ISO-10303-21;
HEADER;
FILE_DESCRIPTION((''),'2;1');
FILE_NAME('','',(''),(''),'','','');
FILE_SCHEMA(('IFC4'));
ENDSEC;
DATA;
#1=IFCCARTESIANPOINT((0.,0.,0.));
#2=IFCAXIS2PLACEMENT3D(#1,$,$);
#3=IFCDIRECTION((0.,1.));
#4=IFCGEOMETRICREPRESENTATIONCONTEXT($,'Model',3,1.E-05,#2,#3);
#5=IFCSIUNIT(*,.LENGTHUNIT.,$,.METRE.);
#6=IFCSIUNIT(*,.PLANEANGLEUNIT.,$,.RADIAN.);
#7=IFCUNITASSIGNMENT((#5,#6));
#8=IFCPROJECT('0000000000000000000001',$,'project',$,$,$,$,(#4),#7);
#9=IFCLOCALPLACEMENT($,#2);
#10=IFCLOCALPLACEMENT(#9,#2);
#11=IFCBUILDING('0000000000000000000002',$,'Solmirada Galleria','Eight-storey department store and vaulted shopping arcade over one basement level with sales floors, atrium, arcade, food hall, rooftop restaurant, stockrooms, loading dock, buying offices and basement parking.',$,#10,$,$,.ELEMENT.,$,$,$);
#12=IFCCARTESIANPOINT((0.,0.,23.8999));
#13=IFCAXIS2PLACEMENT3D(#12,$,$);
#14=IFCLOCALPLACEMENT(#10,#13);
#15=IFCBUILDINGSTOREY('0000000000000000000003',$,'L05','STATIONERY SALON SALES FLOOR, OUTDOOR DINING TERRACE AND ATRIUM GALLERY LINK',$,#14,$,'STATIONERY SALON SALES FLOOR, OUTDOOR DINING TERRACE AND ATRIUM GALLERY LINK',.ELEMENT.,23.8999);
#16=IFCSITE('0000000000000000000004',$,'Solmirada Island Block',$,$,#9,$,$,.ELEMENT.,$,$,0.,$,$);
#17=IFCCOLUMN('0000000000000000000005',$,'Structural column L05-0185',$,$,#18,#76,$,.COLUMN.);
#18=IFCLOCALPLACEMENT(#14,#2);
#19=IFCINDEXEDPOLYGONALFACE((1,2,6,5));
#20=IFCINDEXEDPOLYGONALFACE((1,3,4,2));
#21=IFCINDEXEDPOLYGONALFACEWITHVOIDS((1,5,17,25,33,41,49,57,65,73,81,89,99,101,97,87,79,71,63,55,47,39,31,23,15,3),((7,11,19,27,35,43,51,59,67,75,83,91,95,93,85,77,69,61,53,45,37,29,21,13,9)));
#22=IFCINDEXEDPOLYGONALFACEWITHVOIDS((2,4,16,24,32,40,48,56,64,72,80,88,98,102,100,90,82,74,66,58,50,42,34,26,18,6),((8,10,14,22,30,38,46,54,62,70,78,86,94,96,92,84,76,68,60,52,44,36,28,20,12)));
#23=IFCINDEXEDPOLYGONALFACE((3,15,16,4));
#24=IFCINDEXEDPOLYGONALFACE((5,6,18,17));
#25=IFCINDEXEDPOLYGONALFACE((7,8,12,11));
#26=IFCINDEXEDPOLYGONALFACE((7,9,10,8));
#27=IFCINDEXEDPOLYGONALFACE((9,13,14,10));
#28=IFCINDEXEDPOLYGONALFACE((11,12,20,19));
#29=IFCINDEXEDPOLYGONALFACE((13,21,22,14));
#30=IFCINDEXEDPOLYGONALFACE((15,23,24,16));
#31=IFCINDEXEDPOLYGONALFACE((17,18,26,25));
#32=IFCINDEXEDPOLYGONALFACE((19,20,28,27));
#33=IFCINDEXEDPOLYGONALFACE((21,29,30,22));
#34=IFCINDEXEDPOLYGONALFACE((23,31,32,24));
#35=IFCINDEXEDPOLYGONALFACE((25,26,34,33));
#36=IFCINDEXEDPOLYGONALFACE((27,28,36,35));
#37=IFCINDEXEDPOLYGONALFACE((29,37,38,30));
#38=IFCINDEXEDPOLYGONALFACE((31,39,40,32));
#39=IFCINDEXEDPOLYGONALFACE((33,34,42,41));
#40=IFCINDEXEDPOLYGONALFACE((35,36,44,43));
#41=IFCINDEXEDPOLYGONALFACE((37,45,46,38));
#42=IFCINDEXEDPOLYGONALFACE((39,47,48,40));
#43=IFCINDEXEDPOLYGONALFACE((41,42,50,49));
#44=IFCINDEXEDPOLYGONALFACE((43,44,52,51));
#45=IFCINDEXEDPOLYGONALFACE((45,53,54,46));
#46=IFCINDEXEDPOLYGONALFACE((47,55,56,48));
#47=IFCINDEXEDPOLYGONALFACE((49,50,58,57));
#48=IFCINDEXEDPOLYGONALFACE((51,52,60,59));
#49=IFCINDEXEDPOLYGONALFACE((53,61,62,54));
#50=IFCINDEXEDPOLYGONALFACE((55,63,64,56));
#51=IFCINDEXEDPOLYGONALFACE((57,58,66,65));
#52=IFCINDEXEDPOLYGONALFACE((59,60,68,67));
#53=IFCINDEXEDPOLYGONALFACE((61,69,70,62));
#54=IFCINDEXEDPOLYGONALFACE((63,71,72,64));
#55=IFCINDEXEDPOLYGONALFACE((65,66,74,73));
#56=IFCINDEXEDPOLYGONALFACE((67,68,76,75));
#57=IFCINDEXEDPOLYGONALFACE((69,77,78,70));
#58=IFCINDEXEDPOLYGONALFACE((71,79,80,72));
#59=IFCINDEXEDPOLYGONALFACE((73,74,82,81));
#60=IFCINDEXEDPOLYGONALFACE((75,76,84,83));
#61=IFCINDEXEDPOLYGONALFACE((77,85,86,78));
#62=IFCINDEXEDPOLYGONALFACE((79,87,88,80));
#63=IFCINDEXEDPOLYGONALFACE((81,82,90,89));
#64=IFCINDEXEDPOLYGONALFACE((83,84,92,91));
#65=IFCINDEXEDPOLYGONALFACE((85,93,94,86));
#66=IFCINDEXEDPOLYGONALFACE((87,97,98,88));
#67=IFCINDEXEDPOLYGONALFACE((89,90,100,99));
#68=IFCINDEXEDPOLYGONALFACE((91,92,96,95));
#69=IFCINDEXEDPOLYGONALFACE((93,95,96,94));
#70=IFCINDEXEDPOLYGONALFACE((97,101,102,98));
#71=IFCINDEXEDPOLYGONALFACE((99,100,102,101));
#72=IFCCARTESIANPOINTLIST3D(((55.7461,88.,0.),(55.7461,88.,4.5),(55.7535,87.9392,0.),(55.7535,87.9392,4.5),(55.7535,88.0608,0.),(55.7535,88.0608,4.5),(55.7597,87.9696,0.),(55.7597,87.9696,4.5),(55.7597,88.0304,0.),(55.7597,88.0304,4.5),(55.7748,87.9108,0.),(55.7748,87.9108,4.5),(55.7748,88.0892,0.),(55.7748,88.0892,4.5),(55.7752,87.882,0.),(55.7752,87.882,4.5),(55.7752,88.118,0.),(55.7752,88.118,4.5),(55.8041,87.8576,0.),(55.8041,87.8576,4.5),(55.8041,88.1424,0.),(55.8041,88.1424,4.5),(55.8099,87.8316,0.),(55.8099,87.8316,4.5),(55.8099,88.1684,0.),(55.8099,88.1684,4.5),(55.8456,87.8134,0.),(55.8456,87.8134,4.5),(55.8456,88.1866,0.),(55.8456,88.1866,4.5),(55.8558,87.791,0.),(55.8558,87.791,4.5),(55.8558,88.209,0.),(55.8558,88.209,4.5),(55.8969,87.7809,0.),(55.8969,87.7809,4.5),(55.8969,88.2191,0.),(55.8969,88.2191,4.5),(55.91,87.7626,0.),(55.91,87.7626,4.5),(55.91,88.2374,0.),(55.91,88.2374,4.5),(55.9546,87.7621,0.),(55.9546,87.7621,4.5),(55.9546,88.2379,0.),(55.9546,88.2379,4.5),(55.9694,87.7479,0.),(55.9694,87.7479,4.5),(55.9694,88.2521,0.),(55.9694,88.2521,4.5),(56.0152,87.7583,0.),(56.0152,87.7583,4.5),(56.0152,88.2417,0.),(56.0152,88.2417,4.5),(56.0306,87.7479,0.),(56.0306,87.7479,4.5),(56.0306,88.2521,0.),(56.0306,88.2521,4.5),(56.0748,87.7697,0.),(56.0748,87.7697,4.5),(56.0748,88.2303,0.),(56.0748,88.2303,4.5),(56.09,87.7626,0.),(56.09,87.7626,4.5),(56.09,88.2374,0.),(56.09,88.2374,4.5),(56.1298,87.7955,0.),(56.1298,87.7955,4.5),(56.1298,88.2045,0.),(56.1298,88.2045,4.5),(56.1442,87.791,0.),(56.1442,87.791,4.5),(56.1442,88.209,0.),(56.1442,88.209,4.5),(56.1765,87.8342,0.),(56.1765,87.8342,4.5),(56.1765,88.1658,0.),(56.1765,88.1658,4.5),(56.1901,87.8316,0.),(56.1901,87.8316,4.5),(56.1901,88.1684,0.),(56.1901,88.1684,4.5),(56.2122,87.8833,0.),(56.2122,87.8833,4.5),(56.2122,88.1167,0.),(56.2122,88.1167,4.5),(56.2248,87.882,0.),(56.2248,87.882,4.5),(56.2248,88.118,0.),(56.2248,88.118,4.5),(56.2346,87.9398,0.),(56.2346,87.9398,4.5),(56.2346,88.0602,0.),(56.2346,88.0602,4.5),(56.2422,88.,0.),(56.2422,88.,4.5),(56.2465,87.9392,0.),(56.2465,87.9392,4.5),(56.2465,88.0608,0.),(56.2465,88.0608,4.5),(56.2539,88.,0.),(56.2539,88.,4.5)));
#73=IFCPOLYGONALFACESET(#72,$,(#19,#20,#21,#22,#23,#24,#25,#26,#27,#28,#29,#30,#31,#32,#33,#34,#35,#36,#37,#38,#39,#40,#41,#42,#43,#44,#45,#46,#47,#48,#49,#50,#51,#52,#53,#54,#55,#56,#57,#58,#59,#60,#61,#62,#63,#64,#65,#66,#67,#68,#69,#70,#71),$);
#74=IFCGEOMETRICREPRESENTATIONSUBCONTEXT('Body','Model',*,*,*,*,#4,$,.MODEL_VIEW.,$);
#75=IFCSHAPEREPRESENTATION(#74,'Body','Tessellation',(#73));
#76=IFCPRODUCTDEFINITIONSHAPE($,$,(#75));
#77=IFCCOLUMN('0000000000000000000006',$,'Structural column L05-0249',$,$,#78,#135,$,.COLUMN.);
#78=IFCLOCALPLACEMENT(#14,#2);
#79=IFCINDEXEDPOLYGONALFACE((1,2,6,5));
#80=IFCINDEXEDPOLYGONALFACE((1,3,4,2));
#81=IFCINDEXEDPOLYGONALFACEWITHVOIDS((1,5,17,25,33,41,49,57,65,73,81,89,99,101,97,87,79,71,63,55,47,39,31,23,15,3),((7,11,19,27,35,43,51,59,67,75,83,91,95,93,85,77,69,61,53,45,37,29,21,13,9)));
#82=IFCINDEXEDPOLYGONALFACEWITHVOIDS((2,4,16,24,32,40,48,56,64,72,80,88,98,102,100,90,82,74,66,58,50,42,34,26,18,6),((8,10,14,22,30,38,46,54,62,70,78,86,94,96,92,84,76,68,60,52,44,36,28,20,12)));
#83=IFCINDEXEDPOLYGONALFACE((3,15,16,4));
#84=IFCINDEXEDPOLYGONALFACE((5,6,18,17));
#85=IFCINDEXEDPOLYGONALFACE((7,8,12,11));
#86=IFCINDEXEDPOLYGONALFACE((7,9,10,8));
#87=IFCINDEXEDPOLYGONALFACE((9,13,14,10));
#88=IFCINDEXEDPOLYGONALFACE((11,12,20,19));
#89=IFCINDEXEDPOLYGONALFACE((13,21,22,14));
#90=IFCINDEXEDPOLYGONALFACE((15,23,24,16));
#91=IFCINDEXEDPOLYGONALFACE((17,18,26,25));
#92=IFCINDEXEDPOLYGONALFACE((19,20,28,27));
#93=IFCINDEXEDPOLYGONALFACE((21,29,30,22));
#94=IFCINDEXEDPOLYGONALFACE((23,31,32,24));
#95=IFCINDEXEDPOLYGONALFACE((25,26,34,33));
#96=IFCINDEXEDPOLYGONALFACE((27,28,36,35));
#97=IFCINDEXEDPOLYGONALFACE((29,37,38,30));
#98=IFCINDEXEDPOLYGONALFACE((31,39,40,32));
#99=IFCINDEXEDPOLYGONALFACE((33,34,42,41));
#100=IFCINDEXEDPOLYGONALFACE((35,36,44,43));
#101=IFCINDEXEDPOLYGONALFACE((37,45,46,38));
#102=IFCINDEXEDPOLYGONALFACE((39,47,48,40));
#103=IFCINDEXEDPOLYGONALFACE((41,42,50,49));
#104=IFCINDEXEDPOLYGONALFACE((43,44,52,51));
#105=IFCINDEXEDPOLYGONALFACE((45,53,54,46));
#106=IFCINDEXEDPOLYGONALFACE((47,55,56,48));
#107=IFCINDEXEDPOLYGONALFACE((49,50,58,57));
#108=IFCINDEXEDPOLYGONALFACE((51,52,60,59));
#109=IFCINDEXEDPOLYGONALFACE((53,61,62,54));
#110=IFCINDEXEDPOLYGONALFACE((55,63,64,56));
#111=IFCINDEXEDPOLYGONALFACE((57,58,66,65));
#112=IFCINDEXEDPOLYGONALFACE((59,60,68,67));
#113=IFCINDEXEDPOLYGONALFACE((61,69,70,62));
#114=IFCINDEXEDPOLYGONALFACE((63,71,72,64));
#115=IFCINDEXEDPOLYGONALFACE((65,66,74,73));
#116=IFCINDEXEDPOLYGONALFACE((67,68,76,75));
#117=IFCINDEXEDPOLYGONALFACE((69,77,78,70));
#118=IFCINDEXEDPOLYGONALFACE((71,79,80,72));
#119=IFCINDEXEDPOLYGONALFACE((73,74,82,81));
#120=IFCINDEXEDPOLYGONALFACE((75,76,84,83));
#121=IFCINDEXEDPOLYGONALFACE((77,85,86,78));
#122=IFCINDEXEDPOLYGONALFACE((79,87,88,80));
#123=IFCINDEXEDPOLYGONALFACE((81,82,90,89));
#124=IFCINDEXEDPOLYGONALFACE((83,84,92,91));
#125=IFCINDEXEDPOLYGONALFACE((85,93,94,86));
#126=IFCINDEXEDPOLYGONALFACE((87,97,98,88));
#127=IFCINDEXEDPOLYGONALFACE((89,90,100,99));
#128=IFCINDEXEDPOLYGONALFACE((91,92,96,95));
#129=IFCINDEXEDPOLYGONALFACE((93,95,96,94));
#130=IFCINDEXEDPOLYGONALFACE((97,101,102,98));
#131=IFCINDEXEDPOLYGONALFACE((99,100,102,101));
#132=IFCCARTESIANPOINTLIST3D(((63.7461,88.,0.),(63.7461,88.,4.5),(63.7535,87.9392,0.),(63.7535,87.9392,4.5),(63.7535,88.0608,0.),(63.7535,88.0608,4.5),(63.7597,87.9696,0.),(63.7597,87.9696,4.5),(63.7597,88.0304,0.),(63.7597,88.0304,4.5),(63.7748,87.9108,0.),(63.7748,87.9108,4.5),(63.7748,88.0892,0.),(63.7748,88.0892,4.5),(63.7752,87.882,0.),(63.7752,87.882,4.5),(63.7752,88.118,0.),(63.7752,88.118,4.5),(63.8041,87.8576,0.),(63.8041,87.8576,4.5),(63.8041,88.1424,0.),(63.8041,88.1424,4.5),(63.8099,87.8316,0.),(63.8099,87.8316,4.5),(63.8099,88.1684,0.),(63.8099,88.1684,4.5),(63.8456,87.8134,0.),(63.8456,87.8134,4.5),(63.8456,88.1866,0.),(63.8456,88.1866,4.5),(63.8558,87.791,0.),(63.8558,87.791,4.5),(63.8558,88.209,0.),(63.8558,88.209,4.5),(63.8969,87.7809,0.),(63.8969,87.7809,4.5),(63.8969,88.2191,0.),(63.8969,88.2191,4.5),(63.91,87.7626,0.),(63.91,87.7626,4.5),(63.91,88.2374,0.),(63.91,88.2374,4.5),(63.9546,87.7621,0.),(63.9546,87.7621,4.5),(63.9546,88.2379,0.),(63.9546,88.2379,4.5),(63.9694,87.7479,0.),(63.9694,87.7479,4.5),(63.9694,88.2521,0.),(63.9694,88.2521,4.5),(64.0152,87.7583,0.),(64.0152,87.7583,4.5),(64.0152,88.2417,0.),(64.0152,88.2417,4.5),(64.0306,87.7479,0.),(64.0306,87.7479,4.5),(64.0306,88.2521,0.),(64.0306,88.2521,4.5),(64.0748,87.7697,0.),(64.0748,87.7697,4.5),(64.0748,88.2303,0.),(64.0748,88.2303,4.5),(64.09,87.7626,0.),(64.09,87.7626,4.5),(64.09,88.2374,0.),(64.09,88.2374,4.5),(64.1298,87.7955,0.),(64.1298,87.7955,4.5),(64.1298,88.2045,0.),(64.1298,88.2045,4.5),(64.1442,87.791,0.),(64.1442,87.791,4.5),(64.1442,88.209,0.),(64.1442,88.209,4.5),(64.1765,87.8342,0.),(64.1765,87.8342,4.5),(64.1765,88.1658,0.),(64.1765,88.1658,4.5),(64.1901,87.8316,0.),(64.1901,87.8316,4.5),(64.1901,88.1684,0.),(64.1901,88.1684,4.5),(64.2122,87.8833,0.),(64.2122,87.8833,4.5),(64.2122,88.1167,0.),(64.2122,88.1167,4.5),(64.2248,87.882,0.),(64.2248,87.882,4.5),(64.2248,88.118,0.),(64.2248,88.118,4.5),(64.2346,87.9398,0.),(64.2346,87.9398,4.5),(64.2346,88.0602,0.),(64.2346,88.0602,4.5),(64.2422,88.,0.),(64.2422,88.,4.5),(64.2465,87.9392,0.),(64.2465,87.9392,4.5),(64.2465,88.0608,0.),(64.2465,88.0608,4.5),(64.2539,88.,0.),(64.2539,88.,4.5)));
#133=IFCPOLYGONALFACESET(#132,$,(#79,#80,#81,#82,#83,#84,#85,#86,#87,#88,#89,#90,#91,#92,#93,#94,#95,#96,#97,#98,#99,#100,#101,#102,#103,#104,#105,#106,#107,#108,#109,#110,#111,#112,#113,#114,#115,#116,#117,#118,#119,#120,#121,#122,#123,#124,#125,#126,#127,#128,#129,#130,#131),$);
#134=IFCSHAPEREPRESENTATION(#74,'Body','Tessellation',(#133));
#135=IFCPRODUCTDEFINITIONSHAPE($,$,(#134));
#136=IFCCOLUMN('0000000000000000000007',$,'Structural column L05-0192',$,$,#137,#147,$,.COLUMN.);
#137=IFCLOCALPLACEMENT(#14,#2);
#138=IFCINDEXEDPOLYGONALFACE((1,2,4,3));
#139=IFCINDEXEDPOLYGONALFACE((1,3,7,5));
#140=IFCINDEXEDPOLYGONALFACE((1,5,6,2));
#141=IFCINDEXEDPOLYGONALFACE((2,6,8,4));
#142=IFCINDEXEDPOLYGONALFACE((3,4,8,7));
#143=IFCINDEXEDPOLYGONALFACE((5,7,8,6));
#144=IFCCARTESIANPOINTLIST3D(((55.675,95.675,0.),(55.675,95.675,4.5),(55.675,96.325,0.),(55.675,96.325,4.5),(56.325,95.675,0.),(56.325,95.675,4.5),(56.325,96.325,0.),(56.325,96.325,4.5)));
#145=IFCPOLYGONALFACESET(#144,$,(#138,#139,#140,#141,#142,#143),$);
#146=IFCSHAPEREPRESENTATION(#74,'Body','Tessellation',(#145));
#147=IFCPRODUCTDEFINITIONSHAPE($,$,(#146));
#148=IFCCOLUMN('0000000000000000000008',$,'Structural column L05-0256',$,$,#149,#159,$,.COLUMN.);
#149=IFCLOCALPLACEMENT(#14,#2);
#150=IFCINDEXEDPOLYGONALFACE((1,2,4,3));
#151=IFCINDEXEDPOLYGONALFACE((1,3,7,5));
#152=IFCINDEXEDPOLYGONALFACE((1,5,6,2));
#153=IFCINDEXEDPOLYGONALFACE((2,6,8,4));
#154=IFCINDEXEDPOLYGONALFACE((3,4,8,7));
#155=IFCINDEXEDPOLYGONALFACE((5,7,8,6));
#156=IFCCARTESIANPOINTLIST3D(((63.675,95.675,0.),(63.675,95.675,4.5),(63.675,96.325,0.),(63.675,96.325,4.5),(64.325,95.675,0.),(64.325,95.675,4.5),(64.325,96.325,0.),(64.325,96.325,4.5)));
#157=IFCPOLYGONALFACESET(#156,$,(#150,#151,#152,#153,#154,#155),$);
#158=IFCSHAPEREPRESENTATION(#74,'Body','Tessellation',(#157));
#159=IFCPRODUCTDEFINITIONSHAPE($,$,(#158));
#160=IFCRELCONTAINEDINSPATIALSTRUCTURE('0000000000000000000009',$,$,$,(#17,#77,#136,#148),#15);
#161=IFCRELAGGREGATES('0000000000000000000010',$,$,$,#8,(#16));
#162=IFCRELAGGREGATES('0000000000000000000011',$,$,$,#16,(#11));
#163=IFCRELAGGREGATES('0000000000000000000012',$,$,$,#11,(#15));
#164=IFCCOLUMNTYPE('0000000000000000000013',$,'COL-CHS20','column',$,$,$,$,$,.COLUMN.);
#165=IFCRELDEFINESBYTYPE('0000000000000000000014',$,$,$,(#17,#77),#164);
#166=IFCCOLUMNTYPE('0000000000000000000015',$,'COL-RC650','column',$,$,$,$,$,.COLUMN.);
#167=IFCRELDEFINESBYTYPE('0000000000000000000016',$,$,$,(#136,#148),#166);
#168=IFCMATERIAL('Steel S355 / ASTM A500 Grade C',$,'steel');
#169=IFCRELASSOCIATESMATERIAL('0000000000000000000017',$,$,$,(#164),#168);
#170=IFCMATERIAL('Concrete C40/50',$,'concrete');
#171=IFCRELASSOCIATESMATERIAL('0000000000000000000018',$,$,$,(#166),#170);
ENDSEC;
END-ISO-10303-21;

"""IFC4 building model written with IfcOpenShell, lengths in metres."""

from ifc_helpers import new_model, si_unit, direction, frame, origin, origin_2d, place, context, subcontext, project, spatial, rectangle, hollow_circle, extrude, material, material_profile, profile_set, type_object, element, save


model = new_model("IFC4")

# Units and contexts
model_context = context("Model", 3, precision=1e-05, world=origin(), true_north=direction((0.0, 1.0)))
body_context = subcontext(model_context, "Body", "Model", "MODEL_VIEW")
ifc_project = project(units=[si_unit("LENGTHUNIT", "METRE"), si_unit("PLANEANGLEUNIT", "RADIAN")], contexts=[model_context])

# Site, building, storey
site_placement = place(None, origin())
site = spatial("IfcSite", under=ifc_project, at=site_placement, Name="Solmirada Island Block", CompositionType="ELEMENT", RefElevation=0.0)
building_placement = place(site_placement, origin())
building = spatial("IfcBuilding", under=site, at=building_placement, Name="Solmirada Galleria", Description="Eight-storey department store and vaulted shopping arcade over one basement level with sales floors, atrium, arcade, food hall, rooftop restaurant, stockrooms, loading dock, buying offices and basement parking.", CompositionType="ELEMENT")
storey_placement = place(building_placement, frame((0.0, 0.0, 23.8999)))
storey = spatial("IfcBuildingStorey", under=building, at=storey_placement, Name="L05", Description="STATIONERY SALON SALES FLOOR, OUTDOOR DINING TERRACE AND ATRIUM GALLERY LINK", LongName="STATIONERY SALON SALES FLOOR, OUTDOOR DINING TERRACE AND ATRIUM GALLERY LINK", CompositionType="ELEMENT", Elevation=23.8999)

# Columns
ifc_material_1 = material(Name="Steel S355 / ASTM A500 Grade C", Category="steel")
ifc_material_profile_1 = material_profile(ifc_material_1, hollow_circle(Radius=0.2539, WallThickness=0.0117, at=origin_2d()), Name="HSS20.000X0.500")
ifc_profile_set_1 = profile_set([ifc_material_profile_1], Name="Steel S355 / ASTM A500 Grade C")
column_type_1 = type_object("IfcColumnType", Name="COL-CHS20", Description="column", PredefinedType="COLUMN", material=ifc_profile_set_1)
for number, where, z_axis, x_axis, name in (
    (1, (56.0, 88.0, 0.0), (0.0, 0.0, 1.0), (1.0, 0.0, 0.0), "Structural column L05-0185"),
    (2, (64.0, 88.0, 0.0), (0.0, 0.0, 1.0), (1.0, 0.0, 0.0), "Structural column L05-0249"),
):
    element("IfcColumn", number, at=place(storey_placement, frame(where, z_axis=z_axis, x_axis=x_axis)), inside=storey, type_object=column_type_1, Name=name, PredefinedType="COLUMN", context=body_context, shape_type="SweptSolid", body=[
        extrude(hollow_circle(Radius=0.2539, WallThickness=0.0117, at=origin_2d()), origin(), (0.0, 0.0, 1.0), 4.5),
    ])
ifc_material_2 = material(Name="Concrete C40/50", Category="concrete")
ifc_material_profile_2 = material_profile(ifc_material_2, rectangle(XDim=0.6499, YDim=0.6499, at=origin_2d()), Name="RC650X650")
ifc_profile_set_2 = profile_set([ifc_material_profile_2], Name="Concrete C40/50")
column_type_2 = type_object("IfcColumnType", Name="COL-RC650", Description="column", PredefinedType="COLUMN", material=ifc_profile_set_2)
for number, where, z_axis, x_axis, name in (
    (3, (56.0, 96.0, 0.0), (0.0, 0.0, 1.0), (1.0, 0.0, 0.0), "Structural column L05-0192"),
    (4, (64.0, 96.0, 0.0), (0.0, 0.0, 1.0), (1.0, 0.0, 0.0), "Structural column L05-0256"),
):
    element("IfcColumn", number, at=place(storey_placement, frame(where, z_axis=z_axis, x_axis=x_axis)), inside=storey, type_object=column_type_2, Name=name, PredefinedType="COLUMN", context=body_context, shape_type="SweptSolid", body=[
        extrude(rectangle(XDim=0.6499, YDim=0.6499, at=origin_2d()), origin(), (0.0, 0.0, 1.0), 4.5),
    ])

save(model, "model.ifc")
